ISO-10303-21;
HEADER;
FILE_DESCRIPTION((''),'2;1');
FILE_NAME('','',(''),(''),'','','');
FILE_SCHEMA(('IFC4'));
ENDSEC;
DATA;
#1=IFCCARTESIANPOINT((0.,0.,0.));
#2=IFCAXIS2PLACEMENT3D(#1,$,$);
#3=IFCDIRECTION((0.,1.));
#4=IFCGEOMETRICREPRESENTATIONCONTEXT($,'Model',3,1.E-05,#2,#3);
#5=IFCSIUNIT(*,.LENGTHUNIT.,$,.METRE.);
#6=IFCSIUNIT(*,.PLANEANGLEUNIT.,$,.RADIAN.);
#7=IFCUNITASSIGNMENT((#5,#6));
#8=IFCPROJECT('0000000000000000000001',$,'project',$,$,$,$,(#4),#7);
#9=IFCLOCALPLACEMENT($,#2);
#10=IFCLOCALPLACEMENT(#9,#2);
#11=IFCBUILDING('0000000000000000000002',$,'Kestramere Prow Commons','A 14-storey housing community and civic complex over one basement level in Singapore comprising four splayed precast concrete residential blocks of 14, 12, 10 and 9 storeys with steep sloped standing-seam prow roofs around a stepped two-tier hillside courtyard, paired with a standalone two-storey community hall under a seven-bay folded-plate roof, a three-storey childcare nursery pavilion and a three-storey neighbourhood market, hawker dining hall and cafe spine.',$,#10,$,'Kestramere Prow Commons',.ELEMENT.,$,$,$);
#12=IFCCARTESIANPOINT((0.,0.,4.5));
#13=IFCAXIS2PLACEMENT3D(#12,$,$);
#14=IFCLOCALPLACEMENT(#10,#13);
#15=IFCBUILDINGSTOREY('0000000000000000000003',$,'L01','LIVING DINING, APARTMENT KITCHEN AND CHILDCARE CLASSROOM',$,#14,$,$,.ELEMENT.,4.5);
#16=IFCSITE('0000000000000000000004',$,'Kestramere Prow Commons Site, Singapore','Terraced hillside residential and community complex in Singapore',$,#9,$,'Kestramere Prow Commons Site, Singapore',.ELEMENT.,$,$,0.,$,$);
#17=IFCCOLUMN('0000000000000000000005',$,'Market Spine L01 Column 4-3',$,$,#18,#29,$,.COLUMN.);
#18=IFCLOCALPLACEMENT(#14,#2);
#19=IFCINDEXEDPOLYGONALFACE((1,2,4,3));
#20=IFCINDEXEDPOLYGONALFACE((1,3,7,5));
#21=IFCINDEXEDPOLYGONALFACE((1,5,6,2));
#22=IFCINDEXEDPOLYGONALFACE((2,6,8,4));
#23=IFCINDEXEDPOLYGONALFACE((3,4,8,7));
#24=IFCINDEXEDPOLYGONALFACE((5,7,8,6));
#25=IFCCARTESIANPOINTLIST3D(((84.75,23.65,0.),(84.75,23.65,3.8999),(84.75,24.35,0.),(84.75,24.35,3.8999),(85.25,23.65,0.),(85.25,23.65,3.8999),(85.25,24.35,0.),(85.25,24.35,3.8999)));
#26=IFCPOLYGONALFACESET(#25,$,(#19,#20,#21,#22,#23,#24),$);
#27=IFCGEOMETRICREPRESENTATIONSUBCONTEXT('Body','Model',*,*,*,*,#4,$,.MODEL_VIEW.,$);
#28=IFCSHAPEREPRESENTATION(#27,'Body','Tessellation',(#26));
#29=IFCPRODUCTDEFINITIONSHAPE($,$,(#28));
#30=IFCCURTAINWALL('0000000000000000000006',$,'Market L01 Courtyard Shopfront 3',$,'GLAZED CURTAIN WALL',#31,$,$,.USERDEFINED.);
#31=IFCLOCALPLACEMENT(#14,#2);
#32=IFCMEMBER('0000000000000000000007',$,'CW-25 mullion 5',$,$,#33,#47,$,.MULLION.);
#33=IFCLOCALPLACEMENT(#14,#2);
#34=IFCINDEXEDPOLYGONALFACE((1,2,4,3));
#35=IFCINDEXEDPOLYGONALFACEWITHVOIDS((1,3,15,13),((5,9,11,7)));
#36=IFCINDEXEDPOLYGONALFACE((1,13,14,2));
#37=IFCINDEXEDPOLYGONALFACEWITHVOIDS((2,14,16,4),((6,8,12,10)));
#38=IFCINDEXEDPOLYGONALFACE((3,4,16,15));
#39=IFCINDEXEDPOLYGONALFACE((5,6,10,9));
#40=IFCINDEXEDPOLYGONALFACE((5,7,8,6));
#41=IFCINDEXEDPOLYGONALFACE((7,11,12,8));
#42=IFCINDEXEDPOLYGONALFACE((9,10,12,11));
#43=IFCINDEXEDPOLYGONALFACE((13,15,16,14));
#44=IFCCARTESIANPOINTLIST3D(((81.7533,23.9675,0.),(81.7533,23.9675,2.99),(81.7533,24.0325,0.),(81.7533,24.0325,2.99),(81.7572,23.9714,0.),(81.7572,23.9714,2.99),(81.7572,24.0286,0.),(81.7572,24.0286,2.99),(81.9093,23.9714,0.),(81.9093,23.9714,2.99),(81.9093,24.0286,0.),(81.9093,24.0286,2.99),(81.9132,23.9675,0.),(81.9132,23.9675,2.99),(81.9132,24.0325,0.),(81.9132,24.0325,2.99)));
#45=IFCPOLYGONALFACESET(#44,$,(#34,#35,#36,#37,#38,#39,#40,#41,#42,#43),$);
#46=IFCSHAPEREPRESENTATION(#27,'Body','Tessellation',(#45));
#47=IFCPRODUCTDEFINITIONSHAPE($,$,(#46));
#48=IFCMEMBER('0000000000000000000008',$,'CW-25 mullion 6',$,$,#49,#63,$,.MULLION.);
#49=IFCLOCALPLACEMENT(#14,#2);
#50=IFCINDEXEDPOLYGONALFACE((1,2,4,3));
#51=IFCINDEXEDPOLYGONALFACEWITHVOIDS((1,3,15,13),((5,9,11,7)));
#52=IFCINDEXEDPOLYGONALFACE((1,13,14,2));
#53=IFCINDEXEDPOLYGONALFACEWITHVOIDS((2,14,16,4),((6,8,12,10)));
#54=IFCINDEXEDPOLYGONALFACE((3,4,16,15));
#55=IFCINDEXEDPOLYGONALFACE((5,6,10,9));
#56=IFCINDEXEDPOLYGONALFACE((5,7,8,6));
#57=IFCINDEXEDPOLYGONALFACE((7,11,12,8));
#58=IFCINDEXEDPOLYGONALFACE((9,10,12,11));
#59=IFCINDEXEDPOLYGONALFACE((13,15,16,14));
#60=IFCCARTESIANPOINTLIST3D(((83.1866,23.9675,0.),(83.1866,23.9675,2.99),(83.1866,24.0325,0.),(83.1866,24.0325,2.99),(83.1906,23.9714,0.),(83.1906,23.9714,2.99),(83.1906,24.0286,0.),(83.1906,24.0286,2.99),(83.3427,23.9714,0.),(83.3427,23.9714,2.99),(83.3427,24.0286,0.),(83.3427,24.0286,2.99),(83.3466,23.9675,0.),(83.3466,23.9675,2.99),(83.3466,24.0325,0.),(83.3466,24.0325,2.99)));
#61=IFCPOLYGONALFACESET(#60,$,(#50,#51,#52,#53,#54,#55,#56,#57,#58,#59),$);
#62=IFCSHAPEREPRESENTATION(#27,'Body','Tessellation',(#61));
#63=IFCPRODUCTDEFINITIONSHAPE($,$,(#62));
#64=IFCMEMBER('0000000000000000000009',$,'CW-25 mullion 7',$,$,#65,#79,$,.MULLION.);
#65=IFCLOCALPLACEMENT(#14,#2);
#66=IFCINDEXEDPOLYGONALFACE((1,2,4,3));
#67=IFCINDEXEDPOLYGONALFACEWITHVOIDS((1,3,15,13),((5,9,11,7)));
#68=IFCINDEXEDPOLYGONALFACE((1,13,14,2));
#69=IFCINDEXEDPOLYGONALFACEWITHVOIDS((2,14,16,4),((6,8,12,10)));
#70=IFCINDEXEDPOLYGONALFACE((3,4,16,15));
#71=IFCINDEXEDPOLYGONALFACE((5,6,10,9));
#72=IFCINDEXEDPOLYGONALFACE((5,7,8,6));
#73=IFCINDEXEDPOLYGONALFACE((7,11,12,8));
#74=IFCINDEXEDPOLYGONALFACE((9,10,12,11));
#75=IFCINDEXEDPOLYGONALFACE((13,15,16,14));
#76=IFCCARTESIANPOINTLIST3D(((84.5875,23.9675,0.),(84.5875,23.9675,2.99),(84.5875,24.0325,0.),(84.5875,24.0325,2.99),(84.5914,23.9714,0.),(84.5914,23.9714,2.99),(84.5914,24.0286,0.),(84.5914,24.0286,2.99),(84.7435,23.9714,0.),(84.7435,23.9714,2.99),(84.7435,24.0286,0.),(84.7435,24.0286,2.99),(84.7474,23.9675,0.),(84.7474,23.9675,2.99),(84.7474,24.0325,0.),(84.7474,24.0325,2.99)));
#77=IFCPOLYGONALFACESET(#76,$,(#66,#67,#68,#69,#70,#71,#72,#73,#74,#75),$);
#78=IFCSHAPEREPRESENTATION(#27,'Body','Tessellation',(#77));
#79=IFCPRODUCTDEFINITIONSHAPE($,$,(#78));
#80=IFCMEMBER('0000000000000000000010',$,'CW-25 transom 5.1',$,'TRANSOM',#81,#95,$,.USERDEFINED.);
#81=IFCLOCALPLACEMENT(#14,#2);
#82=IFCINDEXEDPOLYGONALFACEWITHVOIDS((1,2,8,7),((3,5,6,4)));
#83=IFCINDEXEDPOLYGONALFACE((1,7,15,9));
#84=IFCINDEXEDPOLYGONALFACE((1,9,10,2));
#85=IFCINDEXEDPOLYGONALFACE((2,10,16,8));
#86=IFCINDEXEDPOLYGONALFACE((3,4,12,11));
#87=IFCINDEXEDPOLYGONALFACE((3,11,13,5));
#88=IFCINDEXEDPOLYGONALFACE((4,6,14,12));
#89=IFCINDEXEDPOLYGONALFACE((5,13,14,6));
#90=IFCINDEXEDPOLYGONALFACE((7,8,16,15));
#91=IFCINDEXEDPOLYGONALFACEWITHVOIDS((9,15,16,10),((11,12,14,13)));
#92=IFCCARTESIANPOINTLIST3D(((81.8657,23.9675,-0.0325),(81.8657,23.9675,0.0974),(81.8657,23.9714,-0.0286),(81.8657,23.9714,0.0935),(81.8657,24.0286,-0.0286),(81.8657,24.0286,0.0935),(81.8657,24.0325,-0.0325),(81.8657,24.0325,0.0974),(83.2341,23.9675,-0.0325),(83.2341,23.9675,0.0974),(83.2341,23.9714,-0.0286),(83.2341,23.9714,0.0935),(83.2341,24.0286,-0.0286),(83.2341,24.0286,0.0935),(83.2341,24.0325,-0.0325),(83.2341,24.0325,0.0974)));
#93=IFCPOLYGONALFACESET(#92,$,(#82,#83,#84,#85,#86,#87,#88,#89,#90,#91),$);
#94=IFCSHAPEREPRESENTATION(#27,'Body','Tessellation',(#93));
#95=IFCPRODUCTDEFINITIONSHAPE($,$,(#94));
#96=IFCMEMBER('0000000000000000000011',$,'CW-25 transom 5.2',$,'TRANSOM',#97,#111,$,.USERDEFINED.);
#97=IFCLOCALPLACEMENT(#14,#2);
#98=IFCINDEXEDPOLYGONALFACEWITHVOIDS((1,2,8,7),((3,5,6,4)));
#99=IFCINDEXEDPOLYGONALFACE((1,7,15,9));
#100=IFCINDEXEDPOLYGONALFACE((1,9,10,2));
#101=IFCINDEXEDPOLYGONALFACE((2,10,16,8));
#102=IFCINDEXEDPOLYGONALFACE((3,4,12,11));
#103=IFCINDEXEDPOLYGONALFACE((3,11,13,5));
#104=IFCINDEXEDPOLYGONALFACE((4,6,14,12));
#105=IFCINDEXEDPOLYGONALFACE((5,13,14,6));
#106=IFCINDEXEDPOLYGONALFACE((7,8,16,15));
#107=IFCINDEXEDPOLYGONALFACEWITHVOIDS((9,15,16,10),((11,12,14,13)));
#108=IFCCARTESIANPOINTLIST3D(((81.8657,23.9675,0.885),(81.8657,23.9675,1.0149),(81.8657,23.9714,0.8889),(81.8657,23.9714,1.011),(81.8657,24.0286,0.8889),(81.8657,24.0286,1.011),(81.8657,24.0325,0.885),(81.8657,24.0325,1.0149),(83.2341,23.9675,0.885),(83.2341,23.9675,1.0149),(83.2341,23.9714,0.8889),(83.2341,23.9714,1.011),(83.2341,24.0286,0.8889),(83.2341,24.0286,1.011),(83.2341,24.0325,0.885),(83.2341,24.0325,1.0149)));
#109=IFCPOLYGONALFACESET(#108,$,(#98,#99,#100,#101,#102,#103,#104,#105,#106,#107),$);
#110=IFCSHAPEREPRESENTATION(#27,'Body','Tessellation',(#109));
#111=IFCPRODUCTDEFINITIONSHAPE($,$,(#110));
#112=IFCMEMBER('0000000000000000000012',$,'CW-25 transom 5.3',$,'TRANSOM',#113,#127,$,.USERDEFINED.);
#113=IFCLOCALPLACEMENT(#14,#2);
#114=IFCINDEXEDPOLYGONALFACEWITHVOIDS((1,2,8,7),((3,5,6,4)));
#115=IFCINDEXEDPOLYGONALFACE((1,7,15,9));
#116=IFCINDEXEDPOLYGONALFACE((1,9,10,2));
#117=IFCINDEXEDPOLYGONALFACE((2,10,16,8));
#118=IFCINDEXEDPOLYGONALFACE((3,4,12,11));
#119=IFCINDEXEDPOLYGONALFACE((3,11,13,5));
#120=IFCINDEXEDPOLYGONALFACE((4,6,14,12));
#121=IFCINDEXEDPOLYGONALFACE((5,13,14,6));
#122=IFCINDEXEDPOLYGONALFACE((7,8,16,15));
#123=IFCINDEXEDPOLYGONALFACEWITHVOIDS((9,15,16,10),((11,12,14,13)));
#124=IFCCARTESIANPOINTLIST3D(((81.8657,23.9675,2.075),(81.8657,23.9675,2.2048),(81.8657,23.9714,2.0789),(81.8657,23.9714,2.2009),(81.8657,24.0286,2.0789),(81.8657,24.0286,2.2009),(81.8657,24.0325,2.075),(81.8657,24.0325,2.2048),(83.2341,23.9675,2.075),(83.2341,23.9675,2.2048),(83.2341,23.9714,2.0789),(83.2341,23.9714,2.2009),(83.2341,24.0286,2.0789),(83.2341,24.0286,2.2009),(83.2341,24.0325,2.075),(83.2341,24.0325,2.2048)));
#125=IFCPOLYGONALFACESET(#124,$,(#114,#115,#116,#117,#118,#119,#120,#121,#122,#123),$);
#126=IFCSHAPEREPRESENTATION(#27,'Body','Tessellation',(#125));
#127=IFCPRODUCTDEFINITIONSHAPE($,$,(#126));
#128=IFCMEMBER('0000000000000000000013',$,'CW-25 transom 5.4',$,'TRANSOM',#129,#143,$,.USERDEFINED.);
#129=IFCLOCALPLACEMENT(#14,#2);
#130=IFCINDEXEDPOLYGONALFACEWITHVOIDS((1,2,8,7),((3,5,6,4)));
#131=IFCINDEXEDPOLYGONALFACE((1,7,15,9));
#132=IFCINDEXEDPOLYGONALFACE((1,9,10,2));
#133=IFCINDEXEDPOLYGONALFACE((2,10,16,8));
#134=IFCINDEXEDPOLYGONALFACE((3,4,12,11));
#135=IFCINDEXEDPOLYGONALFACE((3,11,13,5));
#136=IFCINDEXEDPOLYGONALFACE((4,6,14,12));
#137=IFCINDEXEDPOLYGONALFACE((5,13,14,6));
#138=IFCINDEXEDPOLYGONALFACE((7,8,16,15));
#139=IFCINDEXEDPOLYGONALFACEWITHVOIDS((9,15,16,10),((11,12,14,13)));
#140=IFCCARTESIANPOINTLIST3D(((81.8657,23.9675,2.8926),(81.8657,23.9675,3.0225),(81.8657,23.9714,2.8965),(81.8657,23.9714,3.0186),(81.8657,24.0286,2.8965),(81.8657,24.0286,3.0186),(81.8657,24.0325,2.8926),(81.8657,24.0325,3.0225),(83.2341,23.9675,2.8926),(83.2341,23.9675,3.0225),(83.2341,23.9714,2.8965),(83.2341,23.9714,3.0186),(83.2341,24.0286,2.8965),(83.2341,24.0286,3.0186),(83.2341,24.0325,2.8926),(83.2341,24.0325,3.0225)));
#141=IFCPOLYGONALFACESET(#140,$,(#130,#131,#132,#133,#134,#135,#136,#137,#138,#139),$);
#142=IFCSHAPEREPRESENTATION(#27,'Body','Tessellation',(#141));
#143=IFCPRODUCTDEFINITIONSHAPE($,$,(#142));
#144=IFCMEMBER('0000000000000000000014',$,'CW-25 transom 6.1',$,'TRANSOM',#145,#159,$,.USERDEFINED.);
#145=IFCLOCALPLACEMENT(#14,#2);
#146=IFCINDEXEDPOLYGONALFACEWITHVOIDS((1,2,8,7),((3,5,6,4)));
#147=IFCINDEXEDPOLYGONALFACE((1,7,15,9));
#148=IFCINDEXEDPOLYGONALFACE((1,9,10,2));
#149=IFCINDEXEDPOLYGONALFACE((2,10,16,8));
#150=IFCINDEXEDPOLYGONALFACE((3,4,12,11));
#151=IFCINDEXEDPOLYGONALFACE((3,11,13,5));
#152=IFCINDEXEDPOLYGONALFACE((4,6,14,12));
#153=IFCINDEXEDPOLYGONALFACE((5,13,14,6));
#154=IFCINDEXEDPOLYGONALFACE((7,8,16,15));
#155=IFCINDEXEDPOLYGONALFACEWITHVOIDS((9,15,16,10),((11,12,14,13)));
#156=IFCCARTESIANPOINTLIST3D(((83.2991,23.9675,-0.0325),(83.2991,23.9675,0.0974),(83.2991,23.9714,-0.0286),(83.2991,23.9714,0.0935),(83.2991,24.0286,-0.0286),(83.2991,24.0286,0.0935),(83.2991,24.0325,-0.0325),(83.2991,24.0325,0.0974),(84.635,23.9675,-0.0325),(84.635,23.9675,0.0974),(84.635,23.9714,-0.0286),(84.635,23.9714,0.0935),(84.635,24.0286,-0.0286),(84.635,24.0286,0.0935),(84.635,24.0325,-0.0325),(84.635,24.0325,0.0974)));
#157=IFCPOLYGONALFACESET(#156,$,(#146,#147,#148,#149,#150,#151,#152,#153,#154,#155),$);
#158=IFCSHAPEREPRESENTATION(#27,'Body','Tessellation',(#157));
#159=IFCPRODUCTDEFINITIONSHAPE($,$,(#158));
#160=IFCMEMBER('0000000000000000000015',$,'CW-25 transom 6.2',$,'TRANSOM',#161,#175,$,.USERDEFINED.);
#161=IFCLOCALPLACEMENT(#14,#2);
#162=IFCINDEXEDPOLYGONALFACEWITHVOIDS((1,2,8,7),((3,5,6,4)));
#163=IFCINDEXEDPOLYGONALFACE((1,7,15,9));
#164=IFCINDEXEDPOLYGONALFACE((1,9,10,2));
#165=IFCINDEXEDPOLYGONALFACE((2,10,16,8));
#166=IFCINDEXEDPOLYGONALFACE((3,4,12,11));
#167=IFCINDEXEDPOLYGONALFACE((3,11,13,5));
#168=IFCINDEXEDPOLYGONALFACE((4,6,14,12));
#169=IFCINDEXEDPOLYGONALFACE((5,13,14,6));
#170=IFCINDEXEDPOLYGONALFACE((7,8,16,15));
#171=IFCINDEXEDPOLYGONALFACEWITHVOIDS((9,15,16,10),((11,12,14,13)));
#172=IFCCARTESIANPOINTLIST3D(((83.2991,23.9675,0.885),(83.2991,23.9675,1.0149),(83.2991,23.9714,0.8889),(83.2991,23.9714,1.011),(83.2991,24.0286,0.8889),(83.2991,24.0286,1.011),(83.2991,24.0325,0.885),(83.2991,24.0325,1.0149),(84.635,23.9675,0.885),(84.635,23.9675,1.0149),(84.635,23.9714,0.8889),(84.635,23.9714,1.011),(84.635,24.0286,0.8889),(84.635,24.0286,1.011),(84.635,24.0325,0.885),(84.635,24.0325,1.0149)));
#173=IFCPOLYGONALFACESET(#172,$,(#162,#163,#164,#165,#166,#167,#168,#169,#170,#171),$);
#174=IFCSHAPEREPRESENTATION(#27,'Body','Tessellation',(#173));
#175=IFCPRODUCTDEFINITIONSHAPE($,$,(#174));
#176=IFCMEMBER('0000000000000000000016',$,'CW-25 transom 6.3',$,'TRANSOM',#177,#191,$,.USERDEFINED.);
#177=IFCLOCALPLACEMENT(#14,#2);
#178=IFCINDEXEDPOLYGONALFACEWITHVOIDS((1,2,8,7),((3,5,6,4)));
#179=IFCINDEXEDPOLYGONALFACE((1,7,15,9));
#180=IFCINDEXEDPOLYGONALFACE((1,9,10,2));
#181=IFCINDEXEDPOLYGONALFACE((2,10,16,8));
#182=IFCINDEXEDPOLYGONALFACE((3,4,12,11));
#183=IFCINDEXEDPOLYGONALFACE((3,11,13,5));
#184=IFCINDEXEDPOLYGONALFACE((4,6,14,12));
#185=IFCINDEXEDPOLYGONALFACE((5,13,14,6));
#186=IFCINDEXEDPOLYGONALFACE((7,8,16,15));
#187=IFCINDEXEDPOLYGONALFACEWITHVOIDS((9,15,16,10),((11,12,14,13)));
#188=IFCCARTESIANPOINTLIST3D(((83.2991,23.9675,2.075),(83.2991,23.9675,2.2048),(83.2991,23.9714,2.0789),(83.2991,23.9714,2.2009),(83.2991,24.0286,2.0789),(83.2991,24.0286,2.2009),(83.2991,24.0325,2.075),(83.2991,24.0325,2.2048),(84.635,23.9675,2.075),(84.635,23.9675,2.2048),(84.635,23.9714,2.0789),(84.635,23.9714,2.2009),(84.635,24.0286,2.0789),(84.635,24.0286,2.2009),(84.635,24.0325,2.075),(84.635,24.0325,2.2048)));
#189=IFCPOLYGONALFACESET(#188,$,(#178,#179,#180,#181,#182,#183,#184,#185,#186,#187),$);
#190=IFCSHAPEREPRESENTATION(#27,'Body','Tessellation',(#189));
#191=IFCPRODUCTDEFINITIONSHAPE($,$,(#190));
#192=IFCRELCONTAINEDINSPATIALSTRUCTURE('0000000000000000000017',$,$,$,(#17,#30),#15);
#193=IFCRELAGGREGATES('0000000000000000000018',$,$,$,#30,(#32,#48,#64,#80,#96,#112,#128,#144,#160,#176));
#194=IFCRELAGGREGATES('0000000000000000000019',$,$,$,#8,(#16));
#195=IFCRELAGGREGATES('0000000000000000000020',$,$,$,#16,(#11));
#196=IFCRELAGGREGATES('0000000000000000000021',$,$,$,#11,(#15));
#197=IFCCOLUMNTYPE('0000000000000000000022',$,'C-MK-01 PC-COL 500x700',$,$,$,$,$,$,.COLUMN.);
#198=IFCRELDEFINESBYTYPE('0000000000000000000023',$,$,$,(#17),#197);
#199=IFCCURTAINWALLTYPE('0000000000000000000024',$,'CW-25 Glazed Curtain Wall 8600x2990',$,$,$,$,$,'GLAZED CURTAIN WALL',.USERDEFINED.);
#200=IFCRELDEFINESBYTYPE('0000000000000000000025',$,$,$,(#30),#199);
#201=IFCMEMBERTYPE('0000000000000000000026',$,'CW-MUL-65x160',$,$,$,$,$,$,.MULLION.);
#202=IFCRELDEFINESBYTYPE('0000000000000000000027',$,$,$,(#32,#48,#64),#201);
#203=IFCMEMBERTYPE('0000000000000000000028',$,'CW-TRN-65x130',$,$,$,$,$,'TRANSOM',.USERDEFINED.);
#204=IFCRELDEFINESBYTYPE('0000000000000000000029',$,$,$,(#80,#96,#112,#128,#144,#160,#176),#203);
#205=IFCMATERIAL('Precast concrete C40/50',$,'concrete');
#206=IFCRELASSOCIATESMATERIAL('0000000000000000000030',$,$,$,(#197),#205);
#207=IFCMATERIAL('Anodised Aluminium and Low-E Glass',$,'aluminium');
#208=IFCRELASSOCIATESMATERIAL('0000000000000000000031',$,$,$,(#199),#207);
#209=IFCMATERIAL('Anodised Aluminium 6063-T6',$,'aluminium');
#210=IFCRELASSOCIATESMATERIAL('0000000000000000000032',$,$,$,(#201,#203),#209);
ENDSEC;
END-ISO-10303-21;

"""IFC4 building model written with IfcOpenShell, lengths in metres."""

from ifc_helpers import new_model, si_unit, direction, frame, origin, origin_2d, place, context, subcontext, project, spatial, rectangle, hollow_rectangle, extrude, material, material_profile, profile_set, type_object, element, aggregate, save


model = new_model("IFC4")

# Units and contexts
model_context = context("Model", 3, precision=1e-05, world=origin(), true_north=direction((0.0, 1.0)))
body_context = subcontext(model_context, "Body", "Model", "MODEL_VIEW")
ifc_project = project(units=[si_unit("LENGTHUNIT", "METRE"), si_unit("PLANEANGLEUNIT", "RADIAN")], contexts=[model_context])

# Site, building, storey
site_placement = place(None, origin())
site = spatial("IfcSite", under=ifc_project, at=site_placement, Name="Kestramere Prow Commons Site, Singapore", Description="Terraced hillside residential and community complex in Singapore", LongName="Kestramere Prow Commons Site, Singapore", CompositionType="ELEMENT", RefElevation=0.0)
building_placement = place(site_placement, origin())
building = spatial("IfcBuilding", under=site, at=building_placement, Name="Kestramere Prow Commons", Description="A 14-storey housing community and civic complex over one basement level in Singapore comprising four splayed precast concrete residential blocks of 14, 12, 10 and 9 storeys with steep sloped standing-seam prow roofs around a stepped two-tier hillside courtyard, paired with a standalone two-storey community hall under a seven-bay folded-plate roof, a three-storey childcare nursery pavilion and a three-storey neighbourhood market, hawker dining hall and cafe spine.", LongName="Kestramere Prow Commons", CompositionType="ELEMENT")
storey_placement = place(building_placement, frame((0.0, 0.0, 4.5)))
storey = spatial("IfcBuildingStorey", under=building, at=storey_placement, Name="L01", Description="LIVING DINING, APARTMENT KITCHEN AND CHILDCARE CLASSROOM", CompositionType="ELEMENT", Elevation=4.5)

# Column
ifc_material_1 = material(Name="Precast concrete C40/50", Category="concrete")
ifc_material_profile_1 = material_profile(ifc_material_1, rectangle(XDim=0.5, YDim=0.7, at=origin_2d()), Name="PC-COL 500x700")
ifc_profile_set_1 = profile_set([ifc_material_profile_1], Name="Precast concrete C40/50")
column_type = type_object("IfcColumnType", Name="C-MK-01 PC-COL 500x700", PredefinedType="COLUMN", material=ifc_profile_set_1)
column_placement = place(storey_placement, frame((85.0, 24.0, 0.0), z_axis=(0.0, 0.0, 1.0), x_axis=(1.0, 0.0, 0.0)))
element("IfcColumn", 1, at=column_placement, inside=storey, type_object=column_type, Name="Market Spine L01 Column 4-3", PredefinedType="COLUMN", context=body_context, shape_type="SweptSolid", body=[
    extrude(rectangle(XDim=0.5, YDim=0.7, at=origin_2d()), origin(), (0.0, 0.0, 1.0), 3.8999),
])

# Curtain wall, members
ifc_material_2 = material(Name="Anodised Aluminium and Low-E Glass", Category="aluminium")
curtain_wall_type = type_object("IfcCurtainWallType", Name="CW-25 Glazed Curtain Wall 8600x2990", ElementType="GLAZED CURTAIN WALL", PredefinedType="USERDEFINED", material=ifc_material_2)
curtain_wall_placement = place(storey_placement, origin())
curtain_wall = element("IfcCurtainWall", 2, at=curtain_wall_placement, inside=storey, type_object=curtain_wall_type, Name="Market L01 Courtyard Shopfront 3", ObjectType="GLAZED CURTAIN WALL", PredefinedType="USERDEFINED")
ifc_material_3 = material(Name="Anodised Aluminium 6063-T6", Category="aluminium")
ifc_material_profile_2 = material_profile(ifc_material_3, hollow_rectangle(XDim=0.0649, YDim=0.1599, WallThickness=0.0039, at=origin_2d()), Name="ALU-MUL 65x160")
ifc_profile_set_2 = profile_set([ifc_material_profile_2], Name="Anodised Aluminium 6063-T6")
member_type_1 = type_object("IfcMemberType", Name="CW-MUL-65x160", PredefinedType="MULLION", material=ifc_profile_set_2)
member_1_placement = place(storey_placement, frame((81.8333, 24.0, 0.0), z_axis=(0.0, 0.0, 1.0), x_axis=(0.0, 1.0, 0.0)))
member_1 = element("IfcMember", 3, at=member_1_placement, type_object=member_type_1, Name="CW-25 mullion 5", PredefinedType="MULLION", context=body_context, shape_type="SweptSolid", body=[
    extrude(hollow_rectangle(XDim=0.0649, YDim=0.1599, WallThickness=0.0039, at=origin_2d()), origin(), (0.0, 0.0, 1.0), 2.99),
])
member_2_placement = place(storey_placement, frame((83.2666, 24.0, 0.0), z_axis=(0.0, 0.0, 1.0), x_axis=(0.0, 1.0, 0.0)))
member_2 = element("IfcMember", 4, at=member_2_placement, type_object=member_type_1, Name="CW-25 mullion 6", PredefinedType="MULLION", context=body_context, shape_type="SweptSolid", body=[
    extrude(hollow_rectangle(XDim=0.0649, YDim=0.1599, WallThickness=0.0039, at=origin_2d()), origin(), (0.0, 0.0, 1.0), 2.99),
])
member_3_placement = place(storey_placement, frame((84.6675, 24.0, 0.0), z_axis=(0.0, 0.0, 1.0), x_axis=(0.0, 1.0, 0.0)))
member_3 = element("IfcMember", 5, at=member_3_placement, type_object=member_type_1, Name="CW-25 mullion 7", PredefinedType="MULLION", context=body_context, shape_type="SweptSolid", body=[
    extrude(hollow_rectangle(XDim=0.0649, YDim=0.1599, WallThickness=0.0039, at=origin_2d()), origin(), (0.0, 0.0, 1.0), 2.99),
])
ifc_material_profile_3 = material_profile(ifc_material_3, hollow_rectangle(XDim=0.0649, YDim=0.1299, WallThickness=0.0039, at=origin_2d()), Name="ALU-TRN 65x130")
ifc_profile_set_3 = profile_set([ifc_material_profile_3], Name="Anodised Aluminium 6063-T6")
member_type_2 = type_object("IfcMemberType", Name="CW-TRN-65x130", ElementType="TRANSOM", PredefinedType="USERDEFINED", material=ifc_profile_set_3)
member_4_placement = place(storey_placement, frame((81.8657, 24.0, 0.0325), z_axis=(1.0, 0.0, 0.0), x_axis=(0.0, 1.0, 0.0)))
member_4 = element("IfcMember", 6, at=member_4_placement, type_object=member_type_2, Name="CW-25 transom 5.1", ObjectType="TRANSOM", PredefinedType="USERDEFINED", context=body_context, shape_type="SweptSolid", body=[
    extrude(hollow_rectangle(XDim=0.0649, YDim=0.1299, WallThickness=0.0039, at=origin_2d()), origin(), (0.0, 0.0, 1.0), 1.3684),
])
member_5_placement = place(storey_placement, frame((81.8657, 24.0, 0.95), z_axis=(1.0, 0.0, 0.0), x_axis=(0.0, 1.0, 0.0)))
member_5 = element("IfcMember", 7, at=member_5_placement, type_object=member_type_2, Name="CW-25 transom 5.2", ObjectType="TRANSOM", PredefinedType="USERDEFINED", context=body_context, shape_type="SweptSolid", body=[
    extrude(hollow_rectangle(XDim=0.0649, YDim=0.1299, WallThickness=0.0039, at=origin_2d()), origin(), (0.0, 0.0, 1.0), 1.3684),
])
member_6_placement = place(storey_placement, frame((81.8657, 24.0, 2.1399), z_axis=(1.0, 0.0, 0.0), x_axis=(0.0, 1.0, 0.0)))
member_6 = element("IfcMember", 8, at=member_6_placement, type_object=member_type_2, Name="CW-25 transom 5.3", ObjectType="TRANSOM", PredefinedType="USERDEFINED", context=body_context, shape_type="SweptSolid", body=[
    extrude(hollow_rectangle(XDim=0.0649, YDim=0.1299, WallThickness=0.0039, at=origin_2d()), origin(), (0.0, 0.0, 1.0), 1.3684),
])
member_7_placement = place(storey_placement, frame((81.8657, 24.0, 2.9575), z_axis=(1.0, 0.0, 0.0), x_axis=(0.0, 1.0, 0.0)))
member_7 = element("IfcMember", 9, at=member_7_placement, type_object=member_type_2, Name="CW-25 transom 5.4", ObjectType="TRANSOM", PredefinedType="USERDEFINED", context=body_context, shape_type="SweptSolid", body=[
    extrude(hollow_rectangle(XDim=0.0649, YDim=0.1299, WallThickness=0.0039, at=origin_2d()), origin(), (0.0, 0.0, 1.0), 1.3684),
])
member_8_placement = place(storey_placement, frame((83.2991, 24.0, 0.0325), z_axis=(1.0, 0.0, 0.0), x_axis=(0.0, 1.0, 0.0)))
member_8 = element("IfcMember", 10, at=member_8_placement, type_object=member_type_2, Name="CW-25 transom 6.1", ObjectType="TRANSOM", PredefinedType="USERDEFINED", context=body_context, shape_type="SweptSolid", body=[
    extrude(hollow_rectangle(XDim=0.0649, YDim=0.1299, WallThickness=0.0039, at=origin_2d()), origin(), (0.0, 0.0, 1.0), 1.3359),
])
member_9_placement = place(storey_placement, frame((83.2991, 24.0, 0.95), z_axis=(1.0, 0.0, 0.0), x_axis=(0.0, 1.0, 0.0)))
member_9 = element("IfcMember", 11, at=member_9_placement, type_object=member_type_2, Name="CW-25 transom 6.2", ObjectType="TRANSOM", PredefinedType="USERDEFINED", context=body_context, shape_type="SweptSolid", body=[
    extrude(hollow_rectangle(XDim=0.0649, YDim=0.1299, WallThickness=0.0039, at=origin_2d()), origin(), (0.0, 0.0, 1.0), 1.3359),
])
member_10_placement = place(storey_placement, frame((83.2991, 24.0, 2.1399), z_axis=(1.0, 0.0, 0.0), x_axis=(0.0, 1.0, 0.0)))
member_10 = element("IfcMember", 12, at=member_10_placement, type_object=member_type_2, Name="CW-25 transom 6.3", ObjectType="TRANSOM", PredefinedType="USERDEFINED", context=body_context, shape_type="SweptSolid", body=[
    extrude(hollow_rectangle(XDim=0.0649, YDim=0.1299, WallThickness=0.0039, at=origin_2d()), origin(), (0.0, 0.0, 1.0), 1.3359),
])
aggregate(curtain_wall, [member_1, member_2, member_3, member_4, member_5, member_6, member_7, member_8, member_9, member_10])

save(model, "model.ifc")
